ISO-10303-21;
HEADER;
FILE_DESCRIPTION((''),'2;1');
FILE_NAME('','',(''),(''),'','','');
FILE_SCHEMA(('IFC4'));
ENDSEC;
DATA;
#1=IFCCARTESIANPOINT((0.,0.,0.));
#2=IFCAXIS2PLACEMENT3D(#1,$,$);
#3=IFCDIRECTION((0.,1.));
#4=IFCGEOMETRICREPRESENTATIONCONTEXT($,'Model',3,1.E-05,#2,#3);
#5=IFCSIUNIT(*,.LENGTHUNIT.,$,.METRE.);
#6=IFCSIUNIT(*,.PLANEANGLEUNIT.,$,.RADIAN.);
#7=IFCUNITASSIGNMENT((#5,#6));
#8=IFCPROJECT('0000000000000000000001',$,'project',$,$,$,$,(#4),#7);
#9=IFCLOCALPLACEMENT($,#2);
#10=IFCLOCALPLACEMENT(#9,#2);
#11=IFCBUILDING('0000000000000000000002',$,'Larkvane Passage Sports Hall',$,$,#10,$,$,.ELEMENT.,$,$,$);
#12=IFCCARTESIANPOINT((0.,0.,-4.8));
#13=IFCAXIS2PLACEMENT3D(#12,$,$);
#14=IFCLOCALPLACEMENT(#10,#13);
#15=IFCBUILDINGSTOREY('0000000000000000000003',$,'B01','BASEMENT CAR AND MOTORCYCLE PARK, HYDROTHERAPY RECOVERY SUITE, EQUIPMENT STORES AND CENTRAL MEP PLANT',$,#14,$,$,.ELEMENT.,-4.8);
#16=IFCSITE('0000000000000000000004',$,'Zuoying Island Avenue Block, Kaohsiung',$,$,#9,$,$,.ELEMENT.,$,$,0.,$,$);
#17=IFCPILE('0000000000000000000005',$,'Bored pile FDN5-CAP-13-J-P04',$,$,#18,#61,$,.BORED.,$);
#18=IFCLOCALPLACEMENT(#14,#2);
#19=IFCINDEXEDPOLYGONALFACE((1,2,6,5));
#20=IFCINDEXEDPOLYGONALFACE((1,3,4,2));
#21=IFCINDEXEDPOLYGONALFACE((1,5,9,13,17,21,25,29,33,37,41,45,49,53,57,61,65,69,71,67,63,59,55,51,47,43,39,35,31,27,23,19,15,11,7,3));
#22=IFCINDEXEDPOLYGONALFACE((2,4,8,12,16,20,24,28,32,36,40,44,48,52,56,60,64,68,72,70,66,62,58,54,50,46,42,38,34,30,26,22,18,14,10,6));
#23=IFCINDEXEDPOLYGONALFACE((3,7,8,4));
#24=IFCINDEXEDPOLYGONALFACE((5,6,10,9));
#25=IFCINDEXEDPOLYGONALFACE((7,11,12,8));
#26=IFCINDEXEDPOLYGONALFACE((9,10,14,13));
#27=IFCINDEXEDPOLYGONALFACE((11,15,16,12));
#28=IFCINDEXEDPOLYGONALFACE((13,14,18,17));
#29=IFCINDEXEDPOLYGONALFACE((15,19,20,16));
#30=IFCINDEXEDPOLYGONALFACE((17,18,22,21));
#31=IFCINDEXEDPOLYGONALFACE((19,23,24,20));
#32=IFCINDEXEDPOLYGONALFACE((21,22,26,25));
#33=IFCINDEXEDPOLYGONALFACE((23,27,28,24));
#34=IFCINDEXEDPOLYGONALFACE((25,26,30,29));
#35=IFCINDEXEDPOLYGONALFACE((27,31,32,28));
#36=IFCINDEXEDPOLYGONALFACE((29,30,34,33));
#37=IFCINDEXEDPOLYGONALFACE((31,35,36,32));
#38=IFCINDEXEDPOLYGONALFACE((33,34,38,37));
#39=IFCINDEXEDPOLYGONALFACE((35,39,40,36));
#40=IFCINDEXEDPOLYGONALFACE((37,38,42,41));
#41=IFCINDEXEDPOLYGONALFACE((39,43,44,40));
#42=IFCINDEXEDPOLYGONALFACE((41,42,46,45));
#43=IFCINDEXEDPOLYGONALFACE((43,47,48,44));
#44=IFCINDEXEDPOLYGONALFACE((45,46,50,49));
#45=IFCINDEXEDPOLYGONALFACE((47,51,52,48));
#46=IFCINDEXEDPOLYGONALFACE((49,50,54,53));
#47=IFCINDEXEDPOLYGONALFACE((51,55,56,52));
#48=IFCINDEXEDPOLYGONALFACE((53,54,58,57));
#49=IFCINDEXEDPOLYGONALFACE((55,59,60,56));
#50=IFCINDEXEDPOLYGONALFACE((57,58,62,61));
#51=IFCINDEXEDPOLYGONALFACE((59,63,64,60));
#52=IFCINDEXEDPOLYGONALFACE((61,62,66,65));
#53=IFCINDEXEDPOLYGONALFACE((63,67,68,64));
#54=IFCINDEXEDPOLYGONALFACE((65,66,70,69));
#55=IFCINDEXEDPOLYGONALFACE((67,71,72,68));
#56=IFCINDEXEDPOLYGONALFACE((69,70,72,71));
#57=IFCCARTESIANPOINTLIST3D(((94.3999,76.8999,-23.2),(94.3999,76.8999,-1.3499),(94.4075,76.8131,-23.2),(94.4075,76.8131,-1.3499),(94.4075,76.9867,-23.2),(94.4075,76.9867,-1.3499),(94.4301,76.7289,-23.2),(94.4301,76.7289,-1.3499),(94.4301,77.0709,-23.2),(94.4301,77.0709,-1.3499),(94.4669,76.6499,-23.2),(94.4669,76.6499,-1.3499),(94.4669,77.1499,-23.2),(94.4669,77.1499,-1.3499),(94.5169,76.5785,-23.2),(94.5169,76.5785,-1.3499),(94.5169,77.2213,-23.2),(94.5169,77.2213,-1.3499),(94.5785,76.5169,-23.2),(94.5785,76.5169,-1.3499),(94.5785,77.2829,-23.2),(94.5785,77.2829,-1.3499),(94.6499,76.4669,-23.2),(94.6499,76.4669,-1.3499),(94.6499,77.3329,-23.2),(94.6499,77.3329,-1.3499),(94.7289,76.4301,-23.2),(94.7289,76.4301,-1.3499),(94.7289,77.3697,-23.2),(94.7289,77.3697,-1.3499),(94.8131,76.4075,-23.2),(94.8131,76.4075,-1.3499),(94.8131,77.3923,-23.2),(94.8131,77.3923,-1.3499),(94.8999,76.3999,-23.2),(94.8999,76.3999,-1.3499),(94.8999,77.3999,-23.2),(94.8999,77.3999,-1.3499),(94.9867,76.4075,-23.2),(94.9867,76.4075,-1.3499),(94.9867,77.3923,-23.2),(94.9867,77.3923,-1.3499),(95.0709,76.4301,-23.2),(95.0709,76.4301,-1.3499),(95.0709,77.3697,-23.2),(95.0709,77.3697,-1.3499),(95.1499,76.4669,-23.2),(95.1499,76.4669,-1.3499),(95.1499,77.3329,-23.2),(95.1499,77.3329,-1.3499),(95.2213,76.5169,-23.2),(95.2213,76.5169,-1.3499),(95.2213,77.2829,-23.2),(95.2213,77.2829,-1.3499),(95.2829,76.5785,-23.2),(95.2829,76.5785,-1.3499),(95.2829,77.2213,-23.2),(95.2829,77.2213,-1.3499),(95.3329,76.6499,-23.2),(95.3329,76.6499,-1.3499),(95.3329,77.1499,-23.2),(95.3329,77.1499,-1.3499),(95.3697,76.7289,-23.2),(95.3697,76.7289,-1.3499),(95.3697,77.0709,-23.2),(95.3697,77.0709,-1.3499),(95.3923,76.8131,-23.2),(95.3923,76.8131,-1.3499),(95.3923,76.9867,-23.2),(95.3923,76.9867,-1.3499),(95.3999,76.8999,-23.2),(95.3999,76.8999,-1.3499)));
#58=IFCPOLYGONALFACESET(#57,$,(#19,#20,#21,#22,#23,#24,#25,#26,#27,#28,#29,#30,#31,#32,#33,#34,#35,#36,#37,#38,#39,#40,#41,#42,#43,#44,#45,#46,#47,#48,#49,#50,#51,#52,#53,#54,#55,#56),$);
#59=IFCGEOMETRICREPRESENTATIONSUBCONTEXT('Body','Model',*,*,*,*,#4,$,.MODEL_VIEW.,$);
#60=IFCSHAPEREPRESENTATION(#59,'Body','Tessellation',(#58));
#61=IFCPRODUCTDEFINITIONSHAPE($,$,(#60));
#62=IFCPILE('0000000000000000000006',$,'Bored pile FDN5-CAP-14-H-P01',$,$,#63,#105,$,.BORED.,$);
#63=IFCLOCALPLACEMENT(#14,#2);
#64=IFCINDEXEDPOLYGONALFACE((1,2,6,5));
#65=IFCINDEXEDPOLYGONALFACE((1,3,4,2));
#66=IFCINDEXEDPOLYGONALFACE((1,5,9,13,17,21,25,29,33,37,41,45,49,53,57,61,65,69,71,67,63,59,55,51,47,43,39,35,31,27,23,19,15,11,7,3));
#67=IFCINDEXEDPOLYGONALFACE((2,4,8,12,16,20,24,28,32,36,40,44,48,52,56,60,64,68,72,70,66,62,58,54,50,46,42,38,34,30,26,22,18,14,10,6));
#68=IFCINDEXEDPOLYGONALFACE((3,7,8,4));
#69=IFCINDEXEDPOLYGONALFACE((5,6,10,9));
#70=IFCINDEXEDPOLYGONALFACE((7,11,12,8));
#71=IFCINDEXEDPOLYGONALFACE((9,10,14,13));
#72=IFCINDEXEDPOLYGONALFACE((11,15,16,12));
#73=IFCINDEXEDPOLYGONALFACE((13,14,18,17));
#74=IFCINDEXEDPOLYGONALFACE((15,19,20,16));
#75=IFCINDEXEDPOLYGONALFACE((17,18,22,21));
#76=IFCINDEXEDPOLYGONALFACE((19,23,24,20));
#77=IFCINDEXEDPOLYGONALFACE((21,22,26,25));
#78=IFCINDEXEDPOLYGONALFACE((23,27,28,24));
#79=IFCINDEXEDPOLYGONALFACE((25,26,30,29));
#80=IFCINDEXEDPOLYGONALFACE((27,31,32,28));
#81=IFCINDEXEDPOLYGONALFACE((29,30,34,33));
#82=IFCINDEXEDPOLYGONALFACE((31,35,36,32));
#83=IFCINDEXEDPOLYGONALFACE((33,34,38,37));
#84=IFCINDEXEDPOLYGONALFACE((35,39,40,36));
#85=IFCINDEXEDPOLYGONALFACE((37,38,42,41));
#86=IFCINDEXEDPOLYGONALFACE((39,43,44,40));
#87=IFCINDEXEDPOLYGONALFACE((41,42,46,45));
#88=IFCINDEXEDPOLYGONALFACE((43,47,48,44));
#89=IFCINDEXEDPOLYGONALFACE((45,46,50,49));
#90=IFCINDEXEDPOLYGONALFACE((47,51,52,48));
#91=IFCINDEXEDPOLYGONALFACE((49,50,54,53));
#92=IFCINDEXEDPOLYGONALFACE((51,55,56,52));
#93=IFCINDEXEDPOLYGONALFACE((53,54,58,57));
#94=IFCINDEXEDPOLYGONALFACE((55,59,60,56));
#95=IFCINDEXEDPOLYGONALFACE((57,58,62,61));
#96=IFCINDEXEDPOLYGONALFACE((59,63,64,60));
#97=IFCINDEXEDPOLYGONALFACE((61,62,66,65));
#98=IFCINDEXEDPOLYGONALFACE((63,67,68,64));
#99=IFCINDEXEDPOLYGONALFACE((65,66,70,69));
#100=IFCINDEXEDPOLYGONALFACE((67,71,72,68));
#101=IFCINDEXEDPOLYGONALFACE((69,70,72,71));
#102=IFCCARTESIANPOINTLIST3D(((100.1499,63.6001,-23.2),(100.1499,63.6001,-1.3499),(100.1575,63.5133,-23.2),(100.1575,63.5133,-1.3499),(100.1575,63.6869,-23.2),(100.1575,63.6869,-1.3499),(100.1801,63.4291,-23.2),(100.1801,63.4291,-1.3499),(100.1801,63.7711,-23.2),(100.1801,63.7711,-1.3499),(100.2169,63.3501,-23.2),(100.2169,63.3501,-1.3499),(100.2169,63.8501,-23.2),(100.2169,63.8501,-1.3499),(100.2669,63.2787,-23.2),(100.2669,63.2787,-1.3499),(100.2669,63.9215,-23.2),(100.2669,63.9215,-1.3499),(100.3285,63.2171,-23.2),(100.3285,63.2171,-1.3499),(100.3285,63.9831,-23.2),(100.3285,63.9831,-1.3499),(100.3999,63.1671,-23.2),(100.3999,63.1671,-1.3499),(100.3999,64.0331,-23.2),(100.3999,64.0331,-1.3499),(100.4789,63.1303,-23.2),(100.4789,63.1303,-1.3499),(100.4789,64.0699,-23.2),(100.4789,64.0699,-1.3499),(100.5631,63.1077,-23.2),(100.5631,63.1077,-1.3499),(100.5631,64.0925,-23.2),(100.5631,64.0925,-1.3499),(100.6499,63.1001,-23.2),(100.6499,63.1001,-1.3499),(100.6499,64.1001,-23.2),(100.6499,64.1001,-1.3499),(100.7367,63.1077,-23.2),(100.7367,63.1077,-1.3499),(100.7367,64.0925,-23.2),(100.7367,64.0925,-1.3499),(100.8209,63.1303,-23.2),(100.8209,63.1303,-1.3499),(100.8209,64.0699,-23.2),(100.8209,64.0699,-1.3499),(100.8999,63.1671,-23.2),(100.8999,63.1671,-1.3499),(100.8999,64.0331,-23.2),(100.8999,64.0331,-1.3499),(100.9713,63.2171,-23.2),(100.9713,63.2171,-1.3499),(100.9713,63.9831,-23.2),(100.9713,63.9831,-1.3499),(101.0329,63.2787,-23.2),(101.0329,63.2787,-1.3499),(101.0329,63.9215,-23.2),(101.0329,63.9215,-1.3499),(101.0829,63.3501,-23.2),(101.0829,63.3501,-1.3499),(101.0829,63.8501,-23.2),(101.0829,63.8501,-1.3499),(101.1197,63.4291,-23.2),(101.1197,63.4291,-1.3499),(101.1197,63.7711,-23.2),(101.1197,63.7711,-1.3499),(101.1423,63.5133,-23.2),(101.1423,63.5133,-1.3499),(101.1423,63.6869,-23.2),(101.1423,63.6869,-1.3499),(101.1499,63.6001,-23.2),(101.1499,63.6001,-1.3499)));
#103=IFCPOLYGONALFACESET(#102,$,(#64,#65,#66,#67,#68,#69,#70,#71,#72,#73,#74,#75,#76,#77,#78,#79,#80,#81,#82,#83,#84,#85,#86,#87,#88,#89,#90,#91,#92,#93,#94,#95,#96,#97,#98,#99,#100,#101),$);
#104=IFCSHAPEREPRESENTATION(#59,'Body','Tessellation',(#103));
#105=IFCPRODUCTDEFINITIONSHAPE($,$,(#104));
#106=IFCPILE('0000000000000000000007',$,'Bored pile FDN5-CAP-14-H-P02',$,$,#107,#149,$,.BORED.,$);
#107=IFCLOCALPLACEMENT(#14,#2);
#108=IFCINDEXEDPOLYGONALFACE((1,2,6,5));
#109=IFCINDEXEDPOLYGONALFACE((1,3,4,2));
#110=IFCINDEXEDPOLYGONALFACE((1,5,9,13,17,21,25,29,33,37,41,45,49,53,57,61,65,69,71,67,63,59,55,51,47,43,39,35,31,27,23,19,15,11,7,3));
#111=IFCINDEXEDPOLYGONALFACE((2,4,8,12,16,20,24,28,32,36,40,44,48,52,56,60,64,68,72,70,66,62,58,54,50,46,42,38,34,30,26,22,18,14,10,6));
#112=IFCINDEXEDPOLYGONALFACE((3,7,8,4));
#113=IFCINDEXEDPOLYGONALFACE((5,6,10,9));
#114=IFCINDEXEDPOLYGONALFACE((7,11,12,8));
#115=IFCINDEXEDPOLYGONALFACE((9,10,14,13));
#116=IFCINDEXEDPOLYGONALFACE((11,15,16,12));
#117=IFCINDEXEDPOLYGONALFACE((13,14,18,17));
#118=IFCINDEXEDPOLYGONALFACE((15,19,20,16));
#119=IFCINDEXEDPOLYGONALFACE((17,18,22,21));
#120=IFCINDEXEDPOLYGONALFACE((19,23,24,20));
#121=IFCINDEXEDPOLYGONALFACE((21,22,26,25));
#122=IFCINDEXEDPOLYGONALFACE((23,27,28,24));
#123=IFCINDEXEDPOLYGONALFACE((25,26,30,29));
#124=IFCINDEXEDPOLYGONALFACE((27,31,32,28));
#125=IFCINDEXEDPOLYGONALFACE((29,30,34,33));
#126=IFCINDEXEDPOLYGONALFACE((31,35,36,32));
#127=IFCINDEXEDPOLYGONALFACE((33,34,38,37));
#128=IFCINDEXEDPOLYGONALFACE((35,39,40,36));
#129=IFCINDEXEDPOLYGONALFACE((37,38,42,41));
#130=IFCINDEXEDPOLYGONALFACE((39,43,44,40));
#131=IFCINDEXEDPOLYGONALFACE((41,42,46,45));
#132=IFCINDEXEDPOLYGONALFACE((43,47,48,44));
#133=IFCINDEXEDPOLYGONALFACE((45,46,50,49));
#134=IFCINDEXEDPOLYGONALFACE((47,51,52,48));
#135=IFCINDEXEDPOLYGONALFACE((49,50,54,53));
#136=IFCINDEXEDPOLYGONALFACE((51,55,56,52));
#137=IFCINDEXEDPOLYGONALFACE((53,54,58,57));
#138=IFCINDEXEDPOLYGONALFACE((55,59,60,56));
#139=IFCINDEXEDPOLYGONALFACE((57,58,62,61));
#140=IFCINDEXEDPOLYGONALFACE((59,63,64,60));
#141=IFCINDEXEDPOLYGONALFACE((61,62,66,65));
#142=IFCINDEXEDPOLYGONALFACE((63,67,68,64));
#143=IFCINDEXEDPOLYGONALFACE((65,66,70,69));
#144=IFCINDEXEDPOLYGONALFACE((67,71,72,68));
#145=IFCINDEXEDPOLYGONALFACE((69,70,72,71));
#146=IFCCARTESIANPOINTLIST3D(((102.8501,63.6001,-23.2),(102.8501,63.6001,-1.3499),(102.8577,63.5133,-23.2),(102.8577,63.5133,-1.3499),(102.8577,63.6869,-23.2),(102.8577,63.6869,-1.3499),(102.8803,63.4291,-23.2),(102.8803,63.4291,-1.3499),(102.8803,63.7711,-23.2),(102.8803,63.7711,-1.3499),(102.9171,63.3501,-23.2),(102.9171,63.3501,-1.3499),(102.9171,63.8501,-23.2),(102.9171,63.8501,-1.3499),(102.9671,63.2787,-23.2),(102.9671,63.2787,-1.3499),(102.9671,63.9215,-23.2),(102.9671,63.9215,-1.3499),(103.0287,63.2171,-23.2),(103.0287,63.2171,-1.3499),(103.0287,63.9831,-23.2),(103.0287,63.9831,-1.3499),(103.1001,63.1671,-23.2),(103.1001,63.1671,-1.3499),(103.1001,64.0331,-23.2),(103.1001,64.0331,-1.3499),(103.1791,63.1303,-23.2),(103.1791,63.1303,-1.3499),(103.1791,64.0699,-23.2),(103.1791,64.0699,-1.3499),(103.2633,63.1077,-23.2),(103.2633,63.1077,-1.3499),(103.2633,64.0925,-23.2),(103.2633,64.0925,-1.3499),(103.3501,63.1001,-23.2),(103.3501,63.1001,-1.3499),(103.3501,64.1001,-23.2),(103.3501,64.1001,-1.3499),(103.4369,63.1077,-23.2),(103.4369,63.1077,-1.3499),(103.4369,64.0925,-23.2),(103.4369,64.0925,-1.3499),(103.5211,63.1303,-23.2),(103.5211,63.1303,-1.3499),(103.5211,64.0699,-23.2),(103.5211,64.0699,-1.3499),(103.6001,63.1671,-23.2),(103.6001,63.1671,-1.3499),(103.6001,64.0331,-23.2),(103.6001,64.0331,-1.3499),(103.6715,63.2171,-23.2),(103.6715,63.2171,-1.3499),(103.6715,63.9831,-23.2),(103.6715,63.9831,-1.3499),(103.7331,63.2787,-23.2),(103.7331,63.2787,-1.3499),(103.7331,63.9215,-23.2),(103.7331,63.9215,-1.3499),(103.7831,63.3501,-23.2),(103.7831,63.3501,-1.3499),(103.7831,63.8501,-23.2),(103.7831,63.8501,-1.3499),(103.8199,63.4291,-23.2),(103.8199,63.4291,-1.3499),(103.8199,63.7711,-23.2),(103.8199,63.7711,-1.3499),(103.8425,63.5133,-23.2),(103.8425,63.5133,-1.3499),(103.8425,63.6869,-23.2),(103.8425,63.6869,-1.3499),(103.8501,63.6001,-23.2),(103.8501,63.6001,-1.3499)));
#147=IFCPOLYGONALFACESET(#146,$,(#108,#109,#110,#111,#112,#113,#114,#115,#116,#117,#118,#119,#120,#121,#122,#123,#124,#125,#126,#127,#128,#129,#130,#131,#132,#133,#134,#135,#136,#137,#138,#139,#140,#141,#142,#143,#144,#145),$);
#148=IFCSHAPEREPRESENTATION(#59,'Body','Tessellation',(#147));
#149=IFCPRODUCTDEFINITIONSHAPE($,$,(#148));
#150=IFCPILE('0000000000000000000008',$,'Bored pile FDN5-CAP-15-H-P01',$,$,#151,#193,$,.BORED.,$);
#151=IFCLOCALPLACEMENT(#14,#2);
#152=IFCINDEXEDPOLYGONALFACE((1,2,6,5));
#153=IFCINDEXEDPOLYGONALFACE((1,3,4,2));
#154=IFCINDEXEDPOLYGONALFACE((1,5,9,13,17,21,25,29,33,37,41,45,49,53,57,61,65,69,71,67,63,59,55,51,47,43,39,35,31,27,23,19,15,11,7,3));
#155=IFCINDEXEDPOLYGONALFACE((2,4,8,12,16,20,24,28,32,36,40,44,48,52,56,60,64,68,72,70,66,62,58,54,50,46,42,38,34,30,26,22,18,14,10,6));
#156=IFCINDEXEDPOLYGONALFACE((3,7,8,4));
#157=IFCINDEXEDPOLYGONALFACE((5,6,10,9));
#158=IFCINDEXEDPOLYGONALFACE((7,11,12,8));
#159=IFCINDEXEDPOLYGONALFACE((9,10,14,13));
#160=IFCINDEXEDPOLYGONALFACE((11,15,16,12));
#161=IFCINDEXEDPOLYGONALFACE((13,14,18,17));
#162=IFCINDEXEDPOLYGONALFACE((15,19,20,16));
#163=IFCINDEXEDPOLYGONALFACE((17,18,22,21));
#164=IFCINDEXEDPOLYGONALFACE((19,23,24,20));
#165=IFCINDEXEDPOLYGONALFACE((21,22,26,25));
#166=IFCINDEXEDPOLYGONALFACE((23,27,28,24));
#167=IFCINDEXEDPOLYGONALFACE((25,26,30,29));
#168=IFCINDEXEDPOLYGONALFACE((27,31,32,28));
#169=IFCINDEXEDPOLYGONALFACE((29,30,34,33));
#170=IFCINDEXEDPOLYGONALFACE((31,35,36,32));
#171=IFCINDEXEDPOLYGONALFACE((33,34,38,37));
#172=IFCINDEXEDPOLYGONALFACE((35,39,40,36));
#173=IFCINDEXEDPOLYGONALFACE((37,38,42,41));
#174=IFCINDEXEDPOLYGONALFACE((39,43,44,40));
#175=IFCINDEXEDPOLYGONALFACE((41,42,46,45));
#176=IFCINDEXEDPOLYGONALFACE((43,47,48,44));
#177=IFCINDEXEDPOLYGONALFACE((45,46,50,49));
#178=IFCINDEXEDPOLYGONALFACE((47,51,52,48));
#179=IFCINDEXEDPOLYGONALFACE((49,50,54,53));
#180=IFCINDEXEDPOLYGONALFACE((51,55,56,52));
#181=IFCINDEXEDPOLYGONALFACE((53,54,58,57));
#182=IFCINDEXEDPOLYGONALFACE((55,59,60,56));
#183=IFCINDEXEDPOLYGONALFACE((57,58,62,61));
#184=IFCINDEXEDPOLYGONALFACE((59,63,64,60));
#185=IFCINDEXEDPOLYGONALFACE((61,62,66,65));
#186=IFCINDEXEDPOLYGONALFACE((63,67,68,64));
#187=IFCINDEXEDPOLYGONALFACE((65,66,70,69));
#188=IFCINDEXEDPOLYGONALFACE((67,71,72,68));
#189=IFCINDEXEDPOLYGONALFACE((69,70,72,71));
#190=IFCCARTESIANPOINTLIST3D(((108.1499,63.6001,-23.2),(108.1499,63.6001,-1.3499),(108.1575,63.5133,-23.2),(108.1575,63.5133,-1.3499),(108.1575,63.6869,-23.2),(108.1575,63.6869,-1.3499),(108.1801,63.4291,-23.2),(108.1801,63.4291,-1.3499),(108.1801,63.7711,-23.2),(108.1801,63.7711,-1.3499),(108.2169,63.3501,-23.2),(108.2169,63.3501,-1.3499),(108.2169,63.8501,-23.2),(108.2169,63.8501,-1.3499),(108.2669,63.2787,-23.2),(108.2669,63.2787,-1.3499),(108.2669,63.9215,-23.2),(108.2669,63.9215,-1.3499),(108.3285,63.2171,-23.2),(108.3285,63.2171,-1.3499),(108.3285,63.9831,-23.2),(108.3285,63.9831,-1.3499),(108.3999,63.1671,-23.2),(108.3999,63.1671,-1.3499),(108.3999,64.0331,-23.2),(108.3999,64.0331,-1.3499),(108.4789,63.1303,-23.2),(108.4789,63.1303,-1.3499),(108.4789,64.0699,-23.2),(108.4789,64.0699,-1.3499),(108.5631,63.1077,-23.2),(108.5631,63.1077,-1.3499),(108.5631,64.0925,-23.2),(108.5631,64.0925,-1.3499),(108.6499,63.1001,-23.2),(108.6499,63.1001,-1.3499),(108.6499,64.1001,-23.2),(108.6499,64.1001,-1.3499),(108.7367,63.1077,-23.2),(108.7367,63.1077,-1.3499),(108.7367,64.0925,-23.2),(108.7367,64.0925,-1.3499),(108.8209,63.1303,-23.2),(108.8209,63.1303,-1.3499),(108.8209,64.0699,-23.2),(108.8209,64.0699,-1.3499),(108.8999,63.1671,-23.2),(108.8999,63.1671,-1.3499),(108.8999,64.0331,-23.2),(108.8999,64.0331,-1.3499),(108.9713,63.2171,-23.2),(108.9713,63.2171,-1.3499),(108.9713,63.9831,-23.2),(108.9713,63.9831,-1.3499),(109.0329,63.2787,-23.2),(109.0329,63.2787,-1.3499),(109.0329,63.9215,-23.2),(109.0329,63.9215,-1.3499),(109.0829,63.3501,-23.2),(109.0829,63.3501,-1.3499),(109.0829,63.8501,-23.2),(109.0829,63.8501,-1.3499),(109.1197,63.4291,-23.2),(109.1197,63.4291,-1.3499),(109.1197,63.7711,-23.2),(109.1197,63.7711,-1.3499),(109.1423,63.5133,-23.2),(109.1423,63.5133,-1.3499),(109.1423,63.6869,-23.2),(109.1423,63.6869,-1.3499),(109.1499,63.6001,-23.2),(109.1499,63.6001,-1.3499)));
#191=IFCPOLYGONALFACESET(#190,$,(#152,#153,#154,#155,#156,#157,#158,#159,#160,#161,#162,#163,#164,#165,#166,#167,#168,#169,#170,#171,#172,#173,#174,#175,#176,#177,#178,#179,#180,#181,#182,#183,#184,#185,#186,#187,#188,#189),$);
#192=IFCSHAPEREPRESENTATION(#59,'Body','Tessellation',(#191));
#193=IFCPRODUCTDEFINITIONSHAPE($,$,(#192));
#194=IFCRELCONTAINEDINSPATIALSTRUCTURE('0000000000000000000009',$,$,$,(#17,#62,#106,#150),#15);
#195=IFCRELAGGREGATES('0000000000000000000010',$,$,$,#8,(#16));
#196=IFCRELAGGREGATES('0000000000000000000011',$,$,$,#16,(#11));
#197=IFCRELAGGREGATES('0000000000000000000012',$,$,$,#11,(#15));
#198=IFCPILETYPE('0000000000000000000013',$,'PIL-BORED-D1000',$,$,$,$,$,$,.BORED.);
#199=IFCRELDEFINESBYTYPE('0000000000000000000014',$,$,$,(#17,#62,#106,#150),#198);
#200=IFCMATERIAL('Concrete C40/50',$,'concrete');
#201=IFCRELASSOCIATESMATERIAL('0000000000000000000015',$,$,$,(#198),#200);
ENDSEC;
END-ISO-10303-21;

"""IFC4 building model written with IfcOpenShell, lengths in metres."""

from ifc_helpers import new_model, si_unit, direction, frame, origin, origin_2d, place, context, subcontext, project, spatial, circle, extrude, material, material_profile, profile_set, type_object, element, save


model = new_model("IFC4")

# Units and contexts
model_context = context("Model", 3, precision=1e-05, world=origin(), true_north=direction((0.0, 1.0)))
body_context = subcontext(model_context, "Body", "Model", "MODEL_VIEW")
ifc_project = project(units=[si_unit("LENGTHUNIT", "METRE"), si_unit("PLANEANGLEUNIT", "RADIAN")], contexts=[model_context])

# Site, building, storey
site_placement = place(None, origin())
site = spatial("IfcSite", under=ifc_project, at=site_placement, Name="Zuoying Island Avenue Block, Kaohsiung", CompositionType="ELEMENT", RefElevation=0.0)
building_placement = place(site_placement, origin())
building = spatial("IfcBuilding", under=site, at=building_placement, Name="Larkvane Passage Sports Hall", CompositionType="ELEMENT")
storey_placement = place(building_placement, frame((0.0, 0.0, -4.8)))
storey = spatial("IfcBuildingStorey", under=building, at=storey_placement, Name="B01", Description="BASEMENT CAR AND MOTORCYCLE PARK, HYDROTHERAPY RECOVERY SUITE, EQUIPMENT STORES AND CENTRAL MEP PLANT", CompositionType="ELEMENT", Elevation=-4.8)

# Shared definitions
ifc_material_1 = material(Name="Concrete C40/50", Category="concrete")

# Piles
ifc_material_profile_1 = material_profile(ifc_material_1, circle(Radius=0.5, at=origin_2d()), Name="PILE-D1000")
ifc_profile_set_1 = profile_set([ifc_material_profile_1], Name="Concrete C40/50")
pile_type_1 = type_object("IfcPileType", Name="PIL-BORED-D1000", PredefinedType="BORED", material=ifc_profile_set_1)
for number, where, z_axis, x_axis, name in (
    (1, (94.8999, 76.8999, -1.3499), (0.0, 0.0, -1.0), (1.0, 0.0, 0.0), "Bored pile FDN5-CAP-13-J-P04"),
    (2, (100.6499, 63.6001, -1.3499), (0.0, 0.0, -1.0), (1.0, 0.0, 0.0), "Bored pile FDN5-CAP-14-H-P01"),
    (3, (103.3501, 63.6001, -1.3499), (0.0, 0.0, -1.0), (1.0, 0.0, 0.0), "Bored pile FDN5-CAP-14-H-P02"),
    (4, (108.6499, 63.6001, -1.3499), (0.0, 0.0, -1.0), (1.0, 0.0, 0.0), "Bored pile FDN5-CAP-15-H-P01"),
):
    element("IfcPile", number, at=place(storey_placement, frame(where, z_axis=z_axis, x_axis=x_axis)), inside=storey, type_object=pile_type_1, Name=name, PredefinedType="BORED", context=body_context, shape_type="SweptSolid", body=[
        extrude(circle(Radius=0.5, at=origin_2d()), origin(), (0.0, 0.0, 1.0), 21.8501),
    ])

save(model, "model.ifc")
